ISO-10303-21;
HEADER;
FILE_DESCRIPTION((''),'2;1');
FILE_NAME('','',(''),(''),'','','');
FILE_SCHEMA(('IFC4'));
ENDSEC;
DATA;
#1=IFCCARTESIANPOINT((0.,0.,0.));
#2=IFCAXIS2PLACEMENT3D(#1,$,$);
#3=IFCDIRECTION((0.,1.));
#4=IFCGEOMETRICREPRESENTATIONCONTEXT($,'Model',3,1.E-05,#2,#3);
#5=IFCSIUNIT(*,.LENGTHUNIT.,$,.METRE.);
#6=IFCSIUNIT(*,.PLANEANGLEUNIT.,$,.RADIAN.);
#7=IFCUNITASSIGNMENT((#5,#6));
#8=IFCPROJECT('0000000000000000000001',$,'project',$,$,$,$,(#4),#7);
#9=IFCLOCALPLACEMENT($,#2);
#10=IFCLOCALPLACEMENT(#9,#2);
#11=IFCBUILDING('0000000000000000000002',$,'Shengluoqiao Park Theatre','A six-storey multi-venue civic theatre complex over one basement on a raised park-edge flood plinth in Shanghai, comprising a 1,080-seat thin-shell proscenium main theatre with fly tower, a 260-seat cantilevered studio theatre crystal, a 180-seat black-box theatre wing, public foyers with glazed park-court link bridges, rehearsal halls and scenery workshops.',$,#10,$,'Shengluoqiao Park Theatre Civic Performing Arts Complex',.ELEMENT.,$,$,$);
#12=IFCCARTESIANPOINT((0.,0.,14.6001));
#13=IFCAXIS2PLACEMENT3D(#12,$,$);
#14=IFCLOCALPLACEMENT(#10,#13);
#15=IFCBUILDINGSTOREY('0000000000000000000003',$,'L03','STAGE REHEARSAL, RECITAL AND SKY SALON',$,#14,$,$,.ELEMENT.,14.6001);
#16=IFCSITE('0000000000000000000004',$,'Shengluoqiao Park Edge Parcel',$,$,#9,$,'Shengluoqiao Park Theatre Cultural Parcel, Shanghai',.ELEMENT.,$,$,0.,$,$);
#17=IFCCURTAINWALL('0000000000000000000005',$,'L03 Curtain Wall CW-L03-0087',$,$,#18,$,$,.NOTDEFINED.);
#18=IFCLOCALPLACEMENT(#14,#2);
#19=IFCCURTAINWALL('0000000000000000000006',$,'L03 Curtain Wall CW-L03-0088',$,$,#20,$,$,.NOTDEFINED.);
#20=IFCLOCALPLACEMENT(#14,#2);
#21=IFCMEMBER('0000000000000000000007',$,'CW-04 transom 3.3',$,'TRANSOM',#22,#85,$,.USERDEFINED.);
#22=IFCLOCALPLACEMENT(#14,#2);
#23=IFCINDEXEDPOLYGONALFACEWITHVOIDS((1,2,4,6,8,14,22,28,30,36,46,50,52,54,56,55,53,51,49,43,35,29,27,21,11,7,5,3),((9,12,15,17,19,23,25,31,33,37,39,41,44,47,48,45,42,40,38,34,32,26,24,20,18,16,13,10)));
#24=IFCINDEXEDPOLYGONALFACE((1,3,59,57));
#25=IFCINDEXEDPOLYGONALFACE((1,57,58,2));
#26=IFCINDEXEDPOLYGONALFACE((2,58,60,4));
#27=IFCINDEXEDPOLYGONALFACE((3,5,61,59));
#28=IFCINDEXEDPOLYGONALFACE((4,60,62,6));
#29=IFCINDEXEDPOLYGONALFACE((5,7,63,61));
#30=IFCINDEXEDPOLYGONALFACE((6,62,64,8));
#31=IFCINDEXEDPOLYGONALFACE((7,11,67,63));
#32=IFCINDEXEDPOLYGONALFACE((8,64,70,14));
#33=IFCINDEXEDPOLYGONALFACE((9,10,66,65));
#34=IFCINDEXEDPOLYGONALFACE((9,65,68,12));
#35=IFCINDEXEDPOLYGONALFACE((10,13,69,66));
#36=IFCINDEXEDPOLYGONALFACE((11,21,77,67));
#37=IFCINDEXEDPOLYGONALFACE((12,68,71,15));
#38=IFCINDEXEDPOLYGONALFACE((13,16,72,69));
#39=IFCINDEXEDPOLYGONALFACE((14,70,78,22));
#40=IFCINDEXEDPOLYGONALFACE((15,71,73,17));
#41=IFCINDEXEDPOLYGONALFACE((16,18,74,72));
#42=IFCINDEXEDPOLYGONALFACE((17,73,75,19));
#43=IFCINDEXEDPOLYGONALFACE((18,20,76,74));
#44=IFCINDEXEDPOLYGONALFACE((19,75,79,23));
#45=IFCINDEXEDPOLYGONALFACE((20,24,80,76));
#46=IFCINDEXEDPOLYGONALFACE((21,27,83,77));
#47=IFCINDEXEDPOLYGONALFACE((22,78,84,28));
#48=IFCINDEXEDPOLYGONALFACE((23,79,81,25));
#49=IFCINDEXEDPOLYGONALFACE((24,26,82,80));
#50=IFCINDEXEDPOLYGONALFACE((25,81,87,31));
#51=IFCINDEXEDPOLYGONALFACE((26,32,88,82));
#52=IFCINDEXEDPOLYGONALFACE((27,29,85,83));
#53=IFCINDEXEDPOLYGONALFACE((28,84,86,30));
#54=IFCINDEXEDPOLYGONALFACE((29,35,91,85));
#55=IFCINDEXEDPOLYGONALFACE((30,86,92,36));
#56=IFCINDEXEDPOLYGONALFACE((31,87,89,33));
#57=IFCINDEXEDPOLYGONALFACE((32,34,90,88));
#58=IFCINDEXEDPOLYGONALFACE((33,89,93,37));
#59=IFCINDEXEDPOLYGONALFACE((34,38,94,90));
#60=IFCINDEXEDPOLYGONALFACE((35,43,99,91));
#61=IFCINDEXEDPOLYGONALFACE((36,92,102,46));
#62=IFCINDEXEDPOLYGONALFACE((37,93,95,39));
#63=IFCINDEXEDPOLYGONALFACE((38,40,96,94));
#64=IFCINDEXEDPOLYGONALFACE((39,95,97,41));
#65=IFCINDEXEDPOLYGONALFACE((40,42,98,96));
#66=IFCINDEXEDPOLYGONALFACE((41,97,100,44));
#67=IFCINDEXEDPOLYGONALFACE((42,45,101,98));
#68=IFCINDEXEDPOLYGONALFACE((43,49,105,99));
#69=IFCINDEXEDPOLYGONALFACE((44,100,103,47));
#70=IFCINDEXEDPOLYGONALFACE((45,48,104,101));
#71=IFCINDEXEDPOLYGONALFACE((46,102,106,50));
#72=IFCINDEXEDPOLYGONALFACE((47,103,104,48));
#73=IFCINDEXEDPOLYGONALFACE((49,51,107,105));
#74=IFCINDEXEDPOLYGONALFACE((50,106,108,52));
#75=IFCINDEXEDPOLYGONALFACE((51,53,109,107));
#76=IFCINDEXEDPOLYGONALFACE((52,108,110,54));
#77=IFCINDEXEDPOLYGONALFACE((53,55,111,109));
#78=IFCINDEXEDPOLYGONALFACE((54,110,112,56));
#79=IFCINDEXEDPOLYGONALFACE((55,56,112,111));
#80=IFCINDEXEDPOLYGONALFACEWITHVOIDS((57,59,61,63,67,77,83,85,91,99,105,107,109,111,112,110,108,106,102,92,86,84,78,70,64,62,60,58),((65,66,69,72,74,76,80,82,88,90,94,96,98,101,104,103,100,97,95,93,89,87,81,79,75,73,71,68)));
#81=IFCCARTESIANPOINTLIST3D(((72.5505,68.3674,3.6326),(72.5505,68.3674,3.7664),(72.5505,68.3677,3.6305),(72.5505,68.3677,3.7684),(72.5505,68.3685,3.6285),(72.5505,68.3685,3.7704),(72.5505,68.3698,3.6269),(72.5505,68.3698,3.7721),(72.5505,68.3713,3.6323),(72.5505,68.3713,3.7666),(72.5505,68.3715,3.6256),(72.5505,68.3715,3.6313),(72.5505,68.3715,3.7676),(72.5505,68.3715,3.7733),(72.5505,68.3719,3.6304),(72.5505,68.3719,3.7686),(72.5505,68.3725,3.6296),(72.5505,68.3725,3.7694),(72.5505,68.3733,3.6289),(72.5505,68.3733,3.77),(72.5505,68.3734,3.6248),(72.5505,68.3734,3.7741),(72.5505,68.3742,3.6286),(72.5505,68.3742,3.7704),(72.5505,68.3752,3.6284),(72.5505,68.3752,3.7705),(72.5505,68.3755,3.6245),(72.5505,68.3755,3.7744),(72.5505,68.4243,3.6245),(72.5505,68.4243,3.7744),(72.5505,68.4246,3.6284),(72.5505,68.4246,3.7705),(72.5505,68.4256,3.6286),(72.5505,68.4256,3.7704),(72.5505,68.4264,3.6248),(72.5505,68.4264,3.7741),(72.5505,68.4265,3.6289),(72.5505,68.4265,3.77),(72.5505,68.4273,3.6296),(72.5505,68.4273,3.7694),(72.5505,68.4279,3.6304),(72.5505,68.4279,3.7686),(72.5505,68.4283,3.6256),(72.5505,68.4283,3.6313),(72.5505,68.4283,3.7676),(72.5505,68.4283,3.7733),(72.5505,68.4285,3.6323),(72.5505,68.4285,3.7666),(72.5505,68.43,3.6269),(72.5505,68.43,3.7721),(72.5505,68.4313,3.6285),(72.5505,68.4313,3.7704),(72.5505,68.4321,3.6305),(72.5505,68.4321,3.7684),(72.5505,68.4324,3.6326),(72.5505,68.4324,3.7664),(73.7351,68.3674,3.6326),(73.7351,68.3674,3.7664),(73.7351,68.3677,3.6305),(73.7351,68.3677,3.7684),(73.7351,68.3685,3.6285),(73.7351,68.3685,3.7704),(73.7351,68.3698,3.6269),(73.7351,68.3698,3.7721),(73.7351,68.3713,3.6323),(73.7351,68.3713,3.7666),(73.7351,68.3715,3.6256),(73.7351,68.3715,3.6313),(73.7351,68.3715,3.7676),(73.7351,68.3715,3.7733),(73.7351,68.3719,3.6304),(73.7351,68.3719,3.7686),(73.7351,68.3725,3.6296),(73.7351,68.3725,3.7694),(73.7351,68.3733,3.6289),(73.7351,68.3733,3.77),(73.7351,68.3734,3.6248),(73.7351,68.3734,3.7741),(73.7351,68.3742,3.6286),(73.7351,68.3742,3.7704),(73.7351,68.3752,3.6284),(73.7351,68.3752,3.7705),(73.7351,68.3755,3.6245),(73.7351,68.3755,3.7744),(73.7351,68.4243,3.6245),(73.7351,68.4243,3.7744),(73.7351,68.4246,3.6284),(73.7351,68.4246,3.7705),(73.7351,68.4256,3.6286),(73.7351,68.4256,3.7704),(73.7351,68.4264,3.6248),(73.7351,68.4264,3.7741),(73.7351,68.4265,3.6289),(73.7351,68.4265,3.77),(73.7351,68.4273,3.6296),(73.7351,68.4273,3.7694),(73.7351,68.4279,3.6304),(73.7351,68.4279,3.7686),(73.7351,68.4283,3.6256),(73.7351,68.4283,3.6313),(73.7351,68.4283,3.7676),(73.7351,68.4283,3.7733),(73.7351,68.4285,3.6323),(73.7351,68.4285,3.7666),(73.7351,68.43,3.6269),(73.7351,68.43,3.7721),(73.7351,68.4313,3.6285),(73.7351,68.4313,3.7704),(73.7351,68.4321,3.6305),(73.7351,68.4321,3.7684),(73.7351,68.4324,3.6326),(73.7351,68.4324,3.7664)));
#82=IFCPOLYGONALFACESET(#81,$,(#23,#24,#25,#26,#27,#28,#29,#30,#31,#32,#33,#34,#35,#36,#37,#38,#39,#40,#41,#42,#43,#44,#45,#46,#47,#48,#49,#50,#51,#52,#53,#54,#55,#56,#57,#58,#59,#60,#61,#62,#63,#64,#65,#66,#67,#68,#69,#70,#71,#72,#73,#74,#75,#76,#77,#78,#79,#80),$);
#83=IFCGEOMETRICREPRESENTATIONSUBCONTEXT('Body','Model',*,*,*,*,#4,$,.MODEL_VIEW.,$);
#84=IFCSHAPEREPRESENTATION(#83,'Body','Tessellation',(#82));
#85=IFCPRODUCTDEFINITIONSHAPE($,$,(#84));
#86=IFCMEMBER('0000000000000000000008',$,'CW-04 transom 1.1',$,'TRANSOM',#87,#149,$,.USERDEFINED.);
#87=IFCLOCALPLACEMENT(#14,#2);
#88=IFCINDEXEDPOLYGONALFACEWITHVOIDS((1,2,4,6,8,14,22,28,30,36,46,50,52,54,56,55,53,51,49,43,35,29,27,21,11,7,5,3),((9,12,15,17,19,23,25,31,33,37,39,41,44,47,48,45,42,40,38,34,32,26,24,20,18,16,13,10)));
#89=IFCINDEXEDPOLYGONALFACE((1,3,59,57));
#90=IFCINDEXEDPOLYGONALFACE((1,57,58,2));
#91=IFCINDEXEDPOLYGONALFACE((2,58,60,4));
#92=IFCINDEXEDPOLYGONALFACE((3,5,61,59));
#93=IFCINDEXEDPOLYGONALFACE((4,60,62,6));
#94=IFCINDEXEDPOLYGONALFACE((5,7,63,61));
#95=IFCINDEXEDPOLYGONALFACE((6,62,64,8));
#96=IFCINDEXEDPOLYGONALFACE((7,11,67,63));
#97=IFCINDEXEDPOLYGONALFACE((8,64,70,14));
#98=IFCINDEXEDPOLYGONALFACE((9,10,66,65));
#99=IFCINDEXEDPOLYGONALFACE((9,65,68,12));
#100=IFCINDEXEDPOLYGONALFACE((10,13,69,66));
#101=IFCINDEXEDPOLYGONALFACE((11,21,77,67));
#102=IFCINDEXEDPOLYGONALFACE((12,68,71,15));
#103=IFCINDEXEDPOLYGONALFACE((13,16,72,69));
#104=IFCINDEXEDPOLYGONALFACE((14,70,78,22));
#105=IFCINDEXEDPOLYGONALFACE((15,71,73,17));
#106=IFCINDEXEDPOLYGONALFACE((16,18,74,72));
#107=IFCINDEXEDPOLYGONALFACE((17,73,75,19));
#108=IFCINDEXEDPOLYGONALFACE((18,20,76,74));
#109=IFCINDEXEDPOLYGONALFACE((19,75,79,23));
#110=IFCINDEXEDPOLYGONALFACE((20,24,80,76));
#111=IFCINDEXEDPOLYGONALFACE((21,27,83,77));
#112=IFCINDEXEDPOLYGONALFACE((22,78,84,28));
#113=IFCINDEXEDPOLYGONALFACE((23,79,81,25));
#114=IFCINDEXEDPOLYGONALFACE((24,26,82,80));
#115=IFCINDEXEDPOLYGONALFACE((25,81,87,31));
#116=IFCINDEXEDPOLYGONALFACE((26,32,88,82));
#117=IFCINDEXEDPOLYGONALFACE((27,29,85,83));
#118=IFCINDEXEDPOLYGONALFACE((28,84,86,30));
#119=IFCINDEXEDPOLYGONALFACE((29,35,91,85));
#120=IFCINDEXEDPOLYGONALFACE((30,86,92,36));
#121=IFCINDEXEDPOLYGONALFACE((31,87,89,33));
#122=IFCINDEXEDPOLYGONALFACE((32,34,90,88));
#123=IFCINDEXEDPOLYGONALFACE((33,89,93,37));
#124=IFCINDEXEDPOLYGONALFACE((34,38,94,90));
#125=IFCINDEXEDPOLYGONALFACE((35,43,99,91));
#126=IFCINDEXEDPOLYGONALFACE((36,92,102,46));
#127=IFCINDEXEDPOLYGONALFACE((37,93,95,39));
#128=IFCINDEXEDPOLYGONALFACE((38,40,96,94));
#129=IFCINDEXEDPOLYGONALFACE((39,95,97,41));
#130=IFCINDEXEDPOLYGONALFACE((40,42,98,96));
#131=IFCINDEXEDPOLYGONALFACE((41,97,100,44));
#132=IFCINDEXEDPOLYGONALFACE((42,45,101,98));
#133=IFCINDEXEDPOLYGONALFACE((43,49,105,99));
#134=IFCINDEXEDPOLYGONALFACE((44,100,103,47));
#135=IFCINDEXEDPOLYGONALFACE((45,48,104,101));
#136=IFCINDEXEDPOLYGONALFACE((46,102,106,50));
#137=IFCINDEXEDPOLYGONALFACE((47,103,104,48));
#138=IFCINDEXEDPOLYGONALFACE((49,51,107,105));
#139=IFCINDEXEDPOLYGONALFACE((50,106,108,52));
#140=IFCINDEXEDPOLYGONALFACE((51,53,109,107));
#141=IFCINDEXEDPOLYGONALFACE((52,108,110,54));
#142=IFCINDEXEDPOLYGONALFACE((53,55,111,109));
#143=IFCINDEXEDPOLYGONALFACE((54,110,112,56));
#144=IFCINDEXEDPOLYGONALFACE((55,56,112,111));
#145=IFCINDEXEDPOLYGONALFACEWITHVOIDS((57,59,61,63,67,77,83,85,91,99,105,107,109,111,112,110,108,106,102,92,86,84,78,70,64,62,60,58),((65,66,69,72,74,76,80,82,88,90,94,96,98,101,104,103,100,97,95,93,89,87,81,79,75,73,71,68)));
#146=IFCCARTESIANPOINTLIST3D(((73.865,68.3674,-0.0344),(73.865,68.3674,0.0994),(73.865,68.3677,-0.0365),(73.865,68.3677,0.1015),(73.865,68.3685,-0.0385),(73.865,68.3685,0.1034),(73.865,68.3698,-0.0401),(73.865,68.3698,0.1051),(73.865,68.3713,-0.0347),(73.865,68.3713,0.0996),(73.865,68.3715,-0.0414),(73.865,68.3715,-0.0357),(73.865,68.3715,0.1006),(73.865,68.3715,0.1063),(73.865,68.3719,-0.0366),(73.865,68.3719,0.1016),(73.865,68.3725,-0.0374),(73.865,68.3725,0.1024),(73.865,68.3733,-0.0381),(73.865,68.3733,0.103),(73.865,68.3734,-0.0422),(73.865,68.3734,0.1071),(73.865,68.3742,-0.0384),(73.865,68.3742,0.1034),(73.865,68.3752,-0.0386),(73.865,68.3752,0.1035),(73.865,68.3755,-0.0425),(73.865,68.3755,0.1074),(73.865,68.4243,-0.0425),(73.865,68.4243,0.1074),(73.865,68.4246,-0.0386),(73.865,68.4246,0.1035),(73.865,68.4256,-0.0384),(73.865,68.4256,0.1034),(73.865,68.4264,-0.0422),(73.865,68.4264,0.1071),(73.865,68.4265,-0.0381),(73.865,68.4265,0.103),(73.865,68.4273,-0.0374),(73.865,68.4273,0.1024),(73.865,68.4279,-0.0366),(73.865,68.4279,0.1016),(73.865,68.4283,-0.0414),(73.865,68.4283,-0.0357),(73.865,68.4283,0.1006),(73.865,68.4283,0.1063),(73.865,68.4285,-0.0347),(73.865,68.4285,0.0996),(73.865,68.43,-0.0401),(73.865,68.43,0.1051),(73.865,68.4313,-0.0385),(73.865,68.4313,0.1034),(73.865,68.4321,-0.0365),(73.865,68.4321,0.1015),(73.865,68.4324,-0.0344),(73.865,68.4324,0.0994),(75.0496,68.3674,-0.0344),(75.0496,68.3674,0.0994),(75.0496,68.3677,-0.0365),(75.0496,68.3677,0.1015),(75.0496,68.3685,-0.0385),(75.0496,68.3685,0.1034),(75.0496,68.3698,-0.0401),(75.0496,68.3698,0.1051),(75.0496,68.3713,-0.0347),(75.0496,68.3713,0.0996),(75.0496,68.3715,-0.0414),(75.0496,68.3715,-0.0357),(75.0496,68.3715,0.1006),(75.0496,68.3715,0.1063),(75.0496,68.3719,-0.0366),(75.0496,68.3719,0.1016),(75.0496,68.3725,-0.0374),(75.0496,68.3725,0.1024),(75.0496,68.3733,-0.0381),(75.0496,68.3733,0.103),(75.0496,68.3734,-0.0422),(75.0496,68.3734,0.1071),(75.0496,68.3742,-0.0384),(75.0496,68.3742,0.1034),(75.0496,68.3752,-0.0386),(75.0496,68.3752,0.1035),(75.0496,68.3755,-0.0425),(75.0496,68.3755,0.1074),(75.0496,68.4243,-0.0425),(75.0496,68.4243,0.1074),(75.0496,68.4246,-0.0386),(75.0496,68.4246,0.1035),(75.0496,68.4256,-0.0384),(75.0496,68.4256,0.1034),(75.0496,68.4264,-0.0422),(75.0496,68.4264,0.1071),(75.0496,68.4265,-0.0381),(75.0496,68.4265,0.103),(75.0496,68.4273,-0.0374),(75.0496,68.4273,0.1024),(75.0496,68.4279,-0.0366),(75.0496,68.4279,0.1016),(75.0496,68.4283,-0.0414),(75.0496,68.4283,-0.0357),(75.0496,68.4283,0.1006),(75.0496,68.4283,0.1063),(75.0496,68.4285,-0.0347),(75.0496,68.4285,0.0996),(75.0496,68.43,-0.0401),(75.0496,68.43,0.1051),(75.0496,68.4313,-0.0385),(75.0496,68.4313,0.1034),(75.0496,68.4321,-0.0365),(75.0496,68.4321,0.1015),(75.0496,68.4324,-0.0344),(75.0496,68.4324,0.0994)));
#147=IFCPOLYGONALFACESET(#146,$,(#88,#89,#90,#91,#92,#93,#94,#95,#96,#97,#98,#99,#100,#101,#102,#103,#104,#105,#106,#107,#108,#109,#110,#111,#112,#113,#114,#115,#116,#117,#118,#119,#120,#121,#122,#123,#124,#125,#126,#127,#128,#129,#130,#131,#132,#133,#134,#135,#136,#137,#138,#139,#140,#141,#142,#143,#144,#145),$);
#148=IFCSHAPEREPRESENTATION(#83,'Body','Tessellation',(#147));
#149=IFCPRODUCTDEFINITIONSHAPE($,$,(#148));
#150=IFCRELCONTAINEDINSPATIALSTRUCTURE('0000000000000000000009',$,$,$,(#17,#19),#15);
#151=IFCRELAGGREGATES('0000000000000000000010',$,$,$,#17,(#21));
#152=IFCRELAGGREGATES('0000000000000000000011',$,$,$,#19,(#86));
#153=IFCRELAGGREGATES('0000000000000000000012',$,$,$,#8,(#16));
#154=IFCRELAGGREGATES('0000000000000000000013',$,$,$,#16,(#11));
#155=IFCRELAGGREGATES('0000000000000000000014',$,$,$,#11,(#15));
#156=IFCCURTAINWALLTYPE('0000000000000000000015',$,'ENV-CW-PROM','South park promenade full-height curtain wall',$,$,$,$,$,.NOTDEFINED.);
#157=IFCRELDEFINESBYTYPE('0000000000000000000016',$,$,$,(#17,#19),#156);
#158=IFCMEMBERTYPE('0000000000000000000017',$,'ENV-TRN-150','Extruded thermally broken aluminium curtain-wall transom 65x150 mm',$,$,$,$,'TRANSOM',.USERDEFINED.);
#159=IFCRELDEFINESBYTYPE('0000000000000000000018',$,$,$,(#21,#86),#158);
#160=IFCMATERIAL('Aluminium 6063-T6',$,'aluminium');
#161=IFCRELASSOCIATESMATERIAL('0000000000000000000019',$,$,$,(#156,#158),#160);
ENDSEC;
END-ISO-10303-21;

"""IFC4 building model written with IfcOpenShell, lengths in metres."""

from ifc_helpers import new_model, si_unit, direction, frame, origin, origin_2d, place, context, subcontext, project, spatial, hollow_rectangle, extrude, material, material_profile, profile_set, type_object, element, aggregate, save


model = new_model("IFC4")

# Units and contexts
model_context = context("Model", 3, precision=1e-05, world=origin(), true_north=direction((0.0, 1.0)))
body_context = subcontext(model_context, "Body", "Model", "MODEL_VIEW")
ifc_project = project(units=[si_unit("LENGTHUNIT", "METRE"), si_unit("PLANEANGLEUNIT", "RADIAN")], contexts=[model_context])

# Site, building, storey
site_placement = place(None, origin())
site = spatial("IfcSite", under=ifc_project, at=site_placement, Name="Shengluoqiao Park Edge Parcel", LongName="Shengluoqiao Park Theatre Cultural Parcel, Shanghai", CompositionType="ELEMENT", RefElevation=0.0)
building_placement = place(site_placement, origin())
building = spatial("IfcBuilding", under=site, at=building_placement, Name="Shengluoqiao Park Theatre", Description="A six-storey multi-venue civic theatre complex over one basement on a raised park-edge flood plinth in Shanghai, comprising a 1,080-seat thin-shell proscenium main theatre with fly tower, a 260-seat cantilevered studio theatre crystal, a 180-seat black-box theatre wing, public foyers with glazed park-court link bridges, rehearsal halls and scenery workshops.", LongName="Shengluoqiao Park Theatre Civic Performing Arts Complex", CompositionType="ELEMENT")
storey_placement = place(building_placement, frame((0.0, 0.0, 14.6001)))
storey = spatial("IfcBuildingStorey", under=building, at=storey_placement, Name="L03", Description="STAGE REHEARSAL, RECITAL AND SKY SALON", CompositionType="ELEMENT", Elevation=14.6001)

# Curtain walls
ifc_material_1 = material(Name="Aluminium 6063-T6", Category="aluminium")
curtain_wall_type = type_object("IfcCurtainWallType", Name="ENV-CW-PROM", Description="South park promenade full-height curtain wall", PredefinedType="NOTDEFINED", material=ifc_material_1)
curtain_wall_1_placement = place(storey_placement, origin())
curtain_wall_1 = element("IfcCurtainWall", 1, at=curtain_wall_1_placement, inside=storey, type_object=curtain_wall_type, Name="L03 Curtain Wall CW-L03-0087", PredefinedType="NOTDEFINED")
curtain_wall_2_placement = place(storey_placement, origin())
curtain_wall_2 = element("IfcCurtainWall", 2, at=curtain_wall_2_placement, inside=storey, type_object=curtain_wall_type, Name="L03 Curtain Wall CW-L03-0088", PredefinedType="NOTDEFINED")

# Members
ifc_material_profile_1 = material_profile(ifc_material_1, hollow_rectangle(XDim=0.0649, YDim=0.1499, WallThickness=0.0039, InnerFilletRadius=0.0039, OuterFilletRadius=0.0081, at=origin_2d()), Name="ALU TRANSOM 150x65x4")
ifc_profile_set_1 = profile_set([ifc_material_profile_1], Name="Aluminium 6063-T6")
member_type_1 = type_object("IfcMemberType", Name="ENV-TRN-150", Description="Extruded thermally broken aluminium curtain-wall transom 65x150 mm", ElementType="TRANSOM", PredefinedType="USERDEFINED", material=ifc_profile_set_1)
member_1_placement = place(storey_placement, frame((72.5505, 68.3999, 3.6995), z_axis=(1.0, 0.0, 0.0), x_axis=(0.0, 1.0, 0.0)))
member_1 = element("IfcMember", 3, at=member_1_placement, type_object=member_type_1, Name="CW-04 transom 3.3", ObjectType="TRANSOM", PredefinedType="USERDEFINED", context=body_context, shape_type="SweptSolid", body=[
    extrude(hollow_rectangle(XDim=0.0649, YDim=0.1499, WallThickness=0.0039, InnerFilletRadius=0.0039, OuterFilletRadius=0.0081, at=origin_2d()), origin(), (0.0, 0.0, 1.0), 1.1846),
])
member_2_placement = place(storey_placement, frame((73.865, 68.3999, 0.0325), z_axis=(1.0, 0.0, 0.0), x_axis=(0.0, 1.0, 0.0)))
member_2 = element("IfcMember", 4, at=member_2_placement, type_object=member_type_1, Name="CW-04 transom 1.1", ObjectType="TRANSOM", PredefinedType="USERDEFINED", context=body_context, shape_type="SweptSolid", body=[
    extrude(hollow_rectangle(XDim=0.0649, YDim=0.1499, WallThickness=0.0039, InnerFilletRadius=0.0039, OuterFilletRadius=0.0081, at=origin_2d()), origin(), (0.0, 0.0, 1.0), 1.1846),
])

aggregate(curtain_wall_1, [member_1])
aggregate(curtain_wall_2, [member_2])

save(model, "model.ifc")
